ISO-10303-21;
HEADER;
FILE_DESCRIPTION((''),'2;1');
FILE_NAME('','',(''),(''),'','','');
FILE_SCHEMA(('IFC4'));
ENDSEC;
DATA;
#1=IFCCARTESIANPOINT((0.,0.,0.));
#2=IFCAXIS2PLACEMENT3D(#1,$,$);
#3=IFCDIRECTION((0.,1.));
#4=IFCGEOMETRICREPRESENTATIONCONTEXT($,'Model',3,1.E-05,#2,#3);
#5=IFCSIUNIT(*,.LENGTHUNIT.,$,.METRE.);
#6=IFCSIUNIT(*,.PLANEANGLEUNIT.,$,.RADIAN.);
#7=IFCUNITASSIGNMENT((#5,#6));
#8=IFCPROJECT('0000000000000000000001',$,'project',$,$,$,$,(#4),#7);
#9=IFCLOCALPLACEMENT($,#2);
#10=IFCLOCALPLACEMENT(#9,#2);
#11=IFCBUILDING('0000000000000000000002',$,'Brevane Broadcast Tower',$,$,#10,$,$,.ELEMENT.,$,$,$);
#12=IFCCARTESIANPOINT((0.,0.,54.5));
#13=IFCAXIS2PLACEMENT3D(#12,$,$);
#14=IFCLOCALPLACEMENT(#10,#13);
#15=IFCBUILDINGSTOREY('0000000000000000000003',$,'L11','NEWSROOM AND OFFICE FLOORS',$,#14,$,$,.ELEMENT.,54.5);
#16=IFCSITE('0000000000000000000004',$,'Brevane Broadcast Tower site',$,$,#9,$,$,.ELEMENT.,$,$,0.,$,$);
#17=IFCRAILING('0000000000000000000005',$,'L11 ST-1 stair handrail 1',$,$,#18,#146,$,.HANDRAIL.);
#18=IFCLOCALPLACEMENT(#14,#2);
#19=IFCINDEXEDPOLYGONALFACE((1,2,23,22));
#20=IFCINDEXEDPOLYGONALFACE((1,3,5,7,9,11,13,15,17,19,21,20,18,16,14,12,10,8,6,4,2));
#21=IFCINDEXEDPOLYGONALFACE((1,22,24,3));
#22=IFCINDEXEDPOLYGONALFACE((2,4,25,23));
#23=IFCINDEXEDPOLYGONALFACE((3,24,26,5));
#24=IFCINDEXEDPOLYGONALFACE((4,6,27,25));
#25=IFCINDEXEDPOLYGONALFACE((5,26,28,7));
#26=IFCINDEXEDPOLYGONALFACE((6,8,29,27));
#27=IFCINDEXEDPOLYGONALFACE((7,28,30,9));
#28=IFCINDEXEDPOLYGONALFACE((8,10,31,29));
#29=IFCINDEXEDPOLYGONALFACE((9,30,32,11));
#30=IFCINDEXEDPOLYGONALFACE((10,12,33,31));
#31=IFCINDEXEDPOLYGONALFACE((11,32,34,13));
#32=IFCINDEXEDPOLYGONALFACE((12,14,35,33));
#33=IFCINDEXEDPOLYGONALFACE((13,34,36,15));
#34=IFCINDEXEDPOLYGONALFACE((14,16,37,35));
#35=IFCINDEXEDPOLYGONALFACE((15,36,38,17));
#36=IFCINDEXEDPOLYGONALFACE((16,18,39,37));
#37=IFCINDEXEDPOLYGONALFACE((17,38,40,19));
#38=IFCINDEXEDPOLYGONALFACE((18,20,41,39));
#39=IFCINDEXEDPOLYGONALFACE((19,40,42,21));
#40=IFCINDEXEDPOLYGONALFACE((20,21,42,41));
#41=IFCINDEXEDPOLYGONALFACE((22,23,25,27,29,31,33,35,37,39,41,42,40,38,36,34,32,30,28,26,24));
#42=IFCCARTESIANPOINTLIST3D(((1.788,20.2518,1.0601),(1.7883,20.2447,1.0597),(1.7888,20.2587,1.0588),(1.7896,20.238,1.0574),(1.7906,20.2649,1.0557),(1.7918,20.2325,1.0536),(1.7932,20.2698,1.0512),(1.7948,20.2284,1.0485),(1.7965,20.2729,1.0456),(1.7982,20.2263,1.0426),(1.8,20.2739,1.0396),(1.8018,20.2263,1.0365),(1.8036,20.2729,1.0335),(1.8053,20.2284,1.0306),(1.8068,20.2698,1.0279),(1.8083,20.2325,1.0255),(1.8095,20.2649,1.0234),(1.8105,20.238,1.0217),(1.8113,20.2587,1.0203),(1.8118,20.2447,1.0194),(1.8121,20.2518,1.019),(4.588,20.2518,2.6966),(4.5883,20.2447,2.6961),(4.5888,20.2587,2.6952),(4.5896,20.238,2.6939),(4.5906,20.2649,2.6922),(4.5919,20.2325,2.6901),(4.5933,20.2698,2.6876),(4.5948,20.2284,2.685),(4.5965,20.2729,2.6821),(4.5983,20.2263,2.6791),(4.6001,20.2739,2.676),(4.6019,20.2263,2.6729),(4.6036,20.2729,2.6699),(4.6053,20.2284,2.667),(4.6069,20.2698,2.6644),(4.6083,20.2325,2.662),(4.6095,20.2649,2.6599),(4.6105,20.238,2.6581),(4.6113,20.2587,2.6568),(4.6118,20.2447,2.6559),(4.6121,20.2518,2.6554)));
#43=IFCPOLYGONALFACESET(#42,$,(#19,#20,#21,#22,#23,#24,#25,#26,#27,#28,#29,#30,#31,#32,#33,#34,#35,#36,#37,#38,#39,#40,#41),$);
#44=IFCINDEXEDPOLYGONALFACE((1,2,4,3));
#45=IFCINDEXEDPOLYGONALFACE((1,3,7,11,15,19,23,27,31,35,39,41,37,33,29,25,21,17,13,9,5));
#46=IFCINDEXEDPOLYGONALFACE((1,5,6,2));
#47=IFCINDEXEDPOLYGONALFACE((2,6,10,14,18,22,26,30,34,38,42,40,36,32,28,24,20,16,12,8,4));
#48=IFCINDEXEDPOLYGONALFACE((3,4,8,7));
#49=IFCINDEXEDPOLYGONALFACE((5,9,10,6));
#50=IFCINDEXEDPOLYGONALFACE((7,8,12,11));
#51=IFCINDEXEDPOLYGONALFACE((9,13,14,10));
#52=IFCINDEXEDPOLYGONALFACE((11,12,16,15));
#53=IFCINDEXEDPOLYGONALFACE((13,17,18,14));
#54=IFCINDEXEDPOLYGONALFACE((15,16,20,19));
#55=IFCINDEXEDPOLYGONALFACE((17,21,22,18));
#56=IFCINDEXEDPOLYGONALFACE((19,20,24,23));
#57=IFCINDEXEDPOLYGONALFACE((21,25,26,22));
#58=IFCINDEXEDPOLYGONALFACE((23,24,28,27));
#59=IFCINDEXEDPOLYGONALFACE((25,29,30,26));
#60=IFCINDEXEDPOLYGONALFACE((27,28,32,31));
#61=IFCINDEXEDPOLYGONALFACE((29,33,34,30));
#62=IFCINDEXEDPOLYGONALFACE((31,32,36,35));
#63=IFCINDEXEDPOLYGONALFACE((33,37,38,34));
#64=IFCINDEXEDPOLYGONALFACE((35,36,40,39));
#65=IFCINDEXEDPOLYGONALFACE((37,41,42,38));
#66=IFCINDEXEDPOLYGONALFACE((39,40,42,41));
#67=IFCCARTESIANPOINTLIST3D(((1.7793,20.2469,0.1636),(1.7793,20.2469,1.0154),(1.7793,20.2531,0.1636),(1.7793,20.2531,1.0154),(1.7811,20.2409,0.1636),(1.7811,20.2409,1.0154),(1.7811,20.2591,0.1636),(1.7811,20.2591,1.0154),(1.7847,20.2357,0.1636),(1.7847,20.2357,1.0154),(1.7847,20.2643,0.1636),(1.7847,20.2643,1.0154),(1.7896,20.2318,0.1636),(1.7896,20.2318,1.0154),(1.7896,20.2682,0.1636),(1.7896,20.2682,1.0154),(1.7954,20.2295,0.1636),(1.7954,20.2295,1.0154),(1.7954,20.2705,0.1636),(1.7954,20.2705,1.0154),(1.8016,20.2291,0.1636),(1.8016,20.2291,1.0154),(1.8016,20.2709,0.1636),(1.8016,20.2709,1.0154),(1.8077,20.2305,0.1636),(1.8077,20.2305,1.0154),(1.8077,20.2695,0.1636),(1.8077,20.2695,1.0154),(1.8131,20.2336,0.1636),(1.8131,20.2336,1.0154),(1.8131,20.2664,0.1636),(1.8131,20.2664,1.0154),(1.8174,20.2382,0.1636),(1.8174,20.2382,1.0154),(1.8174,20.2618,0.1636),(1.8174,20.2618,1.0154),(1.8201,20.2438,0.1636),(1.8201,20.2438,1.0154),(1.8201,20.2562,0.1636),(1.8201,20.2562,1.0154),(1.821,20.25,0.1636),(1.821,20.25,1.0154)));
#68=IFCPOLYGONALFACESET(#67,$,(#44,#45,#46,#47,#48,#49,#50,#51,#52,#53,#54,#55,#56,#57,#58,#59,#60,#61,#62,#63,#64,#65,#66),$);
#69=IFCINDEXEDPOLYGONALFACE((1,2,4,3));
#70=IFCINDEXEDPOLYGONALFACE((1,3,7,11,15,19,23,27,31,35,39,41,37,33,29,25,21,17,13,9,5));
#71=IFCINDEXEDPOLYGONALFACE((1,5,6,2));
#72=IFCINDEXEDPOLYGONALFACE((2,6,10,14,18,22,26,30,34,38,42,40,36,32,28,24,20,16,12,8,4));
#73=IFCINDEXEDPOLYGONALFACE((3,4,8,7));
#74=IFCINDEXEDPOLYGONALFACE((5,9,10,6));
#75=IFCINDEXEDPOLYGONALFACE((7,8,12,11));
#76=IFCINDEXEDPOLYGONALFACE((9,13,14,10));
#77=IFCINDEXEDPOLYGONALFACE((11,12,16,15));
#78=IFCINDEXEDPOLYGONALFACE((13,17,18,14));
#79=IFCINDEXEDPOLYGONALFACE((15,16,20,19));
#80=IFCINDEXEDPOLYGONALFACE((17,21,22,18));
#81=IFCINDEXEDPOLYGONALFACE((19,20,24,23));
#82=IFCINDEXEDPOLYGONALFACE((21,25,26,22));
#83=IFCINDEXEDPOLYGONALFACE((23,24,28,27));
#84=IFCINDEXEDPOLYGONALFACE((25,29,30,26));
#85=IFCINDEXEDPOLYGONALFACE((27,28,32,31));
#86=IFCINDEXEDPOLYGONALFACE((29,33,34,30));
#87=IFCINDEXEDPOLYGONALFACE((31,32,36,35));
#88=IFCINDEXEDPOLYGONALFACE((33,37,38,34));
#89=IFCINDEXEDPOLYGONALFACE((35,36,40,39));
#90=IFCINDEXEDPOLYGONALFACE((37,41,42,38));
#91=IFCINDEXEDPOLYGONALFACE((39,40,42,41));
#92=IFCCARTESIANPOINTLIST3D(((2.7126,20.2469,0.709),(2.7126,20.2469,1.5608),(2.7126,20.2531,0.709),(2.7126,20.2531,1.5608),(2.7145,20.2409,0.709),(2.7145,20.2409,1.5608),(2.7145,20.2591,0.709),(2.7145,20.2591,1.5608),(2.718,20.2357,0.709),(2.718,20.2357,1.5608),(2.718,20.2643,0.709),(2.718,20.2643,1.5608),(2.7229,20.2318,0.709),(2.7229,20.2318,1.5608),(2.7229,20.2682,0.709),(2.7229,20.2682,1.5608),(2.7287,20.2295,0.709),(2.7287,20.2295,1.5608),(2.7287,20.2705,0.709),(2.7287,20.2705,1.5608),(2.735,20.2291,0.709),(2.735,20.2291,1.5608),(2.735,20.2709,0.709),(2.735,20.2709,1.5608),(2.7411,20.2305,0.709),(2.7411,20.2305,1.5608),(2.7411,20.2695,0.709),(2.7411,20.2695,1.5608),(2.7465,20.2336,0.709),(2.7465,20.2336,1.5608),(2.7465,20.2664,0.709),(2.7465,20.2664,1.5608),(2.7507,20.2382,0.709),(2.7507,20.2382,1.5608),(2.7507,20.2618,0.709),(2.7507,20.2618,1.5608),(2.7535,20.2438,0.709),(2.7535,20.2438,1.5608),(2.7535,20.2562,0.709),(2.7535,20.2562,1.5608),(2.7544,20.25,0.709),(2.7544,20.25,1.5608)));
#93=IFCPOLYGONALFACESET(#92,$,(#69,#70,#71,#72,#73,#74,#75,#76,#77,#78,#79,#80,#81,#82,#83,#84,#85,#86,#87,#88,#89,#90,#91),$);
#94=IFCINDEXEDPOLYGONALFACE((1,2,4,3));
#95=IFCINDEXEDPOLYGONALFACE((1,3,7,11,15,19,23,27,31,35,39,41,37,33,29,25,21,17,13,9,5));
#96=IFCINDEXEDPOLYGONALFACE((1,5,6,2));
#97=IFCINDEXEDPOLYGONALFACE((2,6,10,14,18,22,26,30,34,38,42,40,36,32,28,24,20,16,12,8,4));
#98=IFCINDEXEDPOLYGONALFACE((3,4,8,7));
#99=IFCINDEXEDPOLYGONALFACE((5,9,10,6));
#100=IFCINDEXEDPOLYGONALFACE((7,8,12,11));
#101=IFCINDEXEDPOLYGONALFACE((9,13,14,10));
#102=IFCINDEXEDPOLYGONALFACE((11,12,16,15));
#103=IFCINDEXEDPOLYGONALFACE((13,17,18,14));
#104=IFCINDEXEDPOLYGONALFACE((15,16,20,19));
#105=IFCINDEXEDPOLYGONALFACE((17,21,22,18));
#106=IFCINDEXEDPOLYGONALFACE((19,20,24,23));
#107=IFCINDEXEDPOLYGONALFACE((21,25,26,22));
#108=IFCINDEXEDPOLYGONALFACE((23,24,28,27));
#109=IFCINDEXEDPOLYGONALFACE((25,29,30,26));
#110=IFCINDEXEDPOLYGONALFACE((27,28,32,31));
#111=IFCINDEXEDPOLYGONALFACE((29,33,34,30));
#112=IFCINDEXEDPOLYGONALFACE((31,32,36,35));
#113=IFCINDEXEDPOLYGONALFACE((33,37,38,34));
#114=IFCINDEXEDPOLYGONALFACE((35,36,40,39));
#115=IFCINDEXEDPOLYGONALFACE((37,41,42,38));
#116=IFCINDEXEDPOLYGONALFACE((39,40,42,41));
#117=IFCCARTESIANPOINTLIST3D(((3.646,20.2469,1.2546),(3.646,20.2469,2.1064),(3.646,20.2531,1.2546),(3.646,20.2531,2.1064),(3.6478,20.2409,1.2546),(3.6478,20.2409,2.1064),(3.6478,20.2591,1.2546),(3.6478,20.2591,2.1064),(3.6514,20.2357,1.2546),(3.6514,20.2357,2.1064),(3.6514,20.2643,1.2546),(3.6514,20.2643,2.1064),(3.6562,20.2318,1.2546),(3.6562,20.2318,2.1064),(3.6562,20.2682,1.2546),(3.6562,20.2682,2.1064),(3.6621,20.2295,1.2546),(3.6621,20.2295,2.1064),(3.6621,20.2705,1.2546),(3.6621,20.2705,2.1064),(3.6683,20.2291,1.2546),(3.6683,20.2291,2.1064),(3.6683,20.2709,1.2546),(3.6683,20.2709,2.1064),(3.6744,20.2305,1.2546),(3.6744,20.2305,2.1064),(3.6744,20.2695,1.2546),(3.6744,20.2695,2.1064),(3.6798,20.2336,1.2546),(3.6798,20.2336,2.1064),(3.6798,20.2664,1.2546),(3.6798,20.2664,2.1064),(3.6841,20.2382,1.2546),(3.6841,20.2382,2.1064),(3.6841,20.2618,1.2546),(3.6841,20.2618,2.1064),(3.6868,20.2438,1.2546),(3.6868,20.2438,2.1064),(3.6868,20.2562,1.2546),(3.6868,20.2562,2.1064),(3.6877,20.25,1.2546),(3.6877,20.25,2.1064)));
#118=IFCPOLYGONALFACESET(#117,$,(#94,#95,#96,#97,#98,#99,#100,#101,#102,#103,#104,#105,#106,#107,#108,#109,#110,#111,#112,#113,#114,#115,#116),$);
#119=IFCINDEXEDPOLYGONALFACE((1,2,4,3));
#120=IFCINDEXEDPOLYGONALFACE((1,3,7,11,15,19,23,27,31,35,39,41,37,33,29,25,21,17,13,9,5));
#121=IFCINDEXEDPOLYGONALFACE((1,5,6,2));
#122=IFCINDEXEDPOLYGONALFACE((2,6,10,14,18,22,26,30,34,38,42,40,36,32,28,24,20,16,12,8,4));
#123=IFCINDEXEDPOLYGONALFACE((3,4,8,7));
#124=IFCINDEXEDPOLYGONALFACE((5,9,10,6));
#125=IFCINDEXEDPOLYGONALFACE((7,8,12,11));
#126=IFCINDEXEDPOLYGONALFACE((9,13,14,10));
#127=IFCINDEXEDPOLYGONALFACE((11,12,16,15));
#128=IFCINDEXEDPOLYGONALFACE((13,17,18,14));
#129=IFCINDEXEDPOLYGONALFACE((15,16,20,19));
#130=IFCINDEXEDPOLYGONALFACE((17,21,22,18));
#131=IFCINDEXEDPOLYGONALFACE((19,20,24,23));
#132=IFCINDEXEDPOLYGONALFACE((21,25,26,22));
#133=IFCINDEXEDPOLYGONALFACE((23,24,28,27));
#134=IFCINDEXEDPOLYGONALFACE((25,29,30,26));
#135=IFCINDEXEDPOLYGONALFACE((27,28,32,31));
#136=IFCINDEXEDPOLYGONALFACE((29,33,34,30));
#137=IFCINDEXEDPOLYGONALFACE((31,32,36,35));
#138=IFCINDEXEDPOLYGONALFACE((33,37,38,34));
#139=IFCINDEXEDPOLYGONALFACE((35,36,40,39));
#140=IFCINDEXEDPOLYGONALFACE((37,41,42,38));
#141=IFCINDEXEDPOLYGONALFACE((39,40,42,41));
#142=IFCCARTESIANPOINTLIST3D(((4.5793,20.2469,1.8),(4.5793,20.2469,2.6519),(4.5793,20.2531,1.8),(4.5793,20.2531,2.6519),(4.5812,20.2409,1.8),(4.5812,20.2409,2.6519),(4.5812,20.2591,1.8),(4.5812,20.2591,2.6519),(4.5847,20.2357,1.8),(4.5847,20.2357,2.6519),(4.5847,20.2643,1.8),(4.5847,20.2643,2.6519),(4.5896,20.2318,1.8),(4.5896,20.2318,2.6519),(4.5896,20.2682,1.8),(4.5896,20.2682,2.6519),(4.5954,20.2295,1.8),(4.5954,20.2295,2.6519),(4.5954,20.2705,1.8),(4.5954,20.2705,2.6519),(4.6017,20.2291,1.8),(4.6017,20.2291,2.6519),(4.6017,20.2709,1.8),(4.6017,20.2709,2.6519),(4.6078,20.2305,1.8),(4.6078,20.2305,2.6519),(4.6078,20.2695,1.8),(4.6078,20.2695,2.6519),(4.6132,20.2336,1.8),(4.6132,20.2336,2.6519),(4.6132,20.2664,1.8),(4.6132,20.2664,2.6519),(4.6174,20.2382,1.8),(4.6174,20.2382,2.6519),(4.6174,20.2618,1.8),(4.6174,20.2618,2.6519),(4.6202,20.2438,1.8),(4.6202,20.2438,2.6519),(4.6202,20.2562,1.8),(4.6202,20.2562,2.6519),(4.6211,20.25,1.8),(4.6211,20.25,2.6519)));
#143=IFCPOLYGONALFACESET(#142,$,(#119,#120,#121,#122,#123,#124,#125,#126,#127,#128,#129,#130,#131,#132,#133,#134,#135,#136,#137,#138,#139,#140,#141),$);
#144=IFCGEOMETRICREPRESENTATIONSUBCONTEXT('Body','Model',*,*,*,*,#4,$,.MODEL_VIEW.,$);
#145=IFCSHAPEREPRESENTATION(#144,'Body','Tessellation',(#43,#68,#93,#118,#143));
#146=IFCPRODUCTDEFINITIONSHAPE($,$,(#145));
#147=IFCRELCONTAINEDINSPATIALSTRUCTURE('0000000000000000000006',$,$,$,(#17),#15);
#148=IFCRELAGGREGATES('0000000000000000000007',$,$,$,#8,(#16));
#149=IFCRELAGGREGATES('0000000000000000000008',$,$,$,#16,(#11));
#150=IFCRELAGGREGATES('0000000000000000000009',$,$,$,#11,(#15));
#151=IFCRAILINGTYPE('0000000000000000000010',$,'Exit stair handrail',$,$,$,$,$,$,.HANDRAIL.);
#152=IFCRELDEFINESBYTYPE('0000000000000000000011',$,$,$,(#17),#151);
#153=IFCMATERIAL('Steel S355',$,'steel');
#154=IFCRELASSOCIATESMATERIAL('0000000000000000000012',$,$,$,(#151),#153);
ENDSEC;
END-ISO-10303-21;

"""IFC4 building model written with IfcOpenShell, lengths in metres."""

from ifc_helpers import new_model, si_unit, direction, frame, origin, origin_2d, place, context, subcontext, project, spatial, circle, extrude, material, type_object, element, save


model = new_model("IFC4")

# Units and contexts
model_context = context("Model", 3, precision=1e-05, world=origin(), true_north=direction((0.0, 1.0)))
body_context = subcontext(model_context, "Body", "Model", "MODEL_VIEW")
ifc_project = project(units=[si_unit("LENGTHUNIT", "METRE"), si_unit("PLANEANGLEUNIT", "RADIAN")], contexts=[model_context])

# Site, building, storey
site_placement = place(None, origin())
site = spatial("IfcSite", under=ifc_project, at=site_placement, Name="Brevane Broadcast Tower site", CompositionType="ELEMENT", RefElevation=0.0)
building_placement = place(site_placement, origin())
building = spatial("IfcBuilding", under=site, at=building_placement, Name="Brevane Broadcast Tower", CompositionType="ELEMENT")
storey_placement = place(building_placement, frame((0.0, 0.0, 54.5)))
storey = spatial("IfcBuildingStorey", under=building, at=storey_placement, Name="L11", Description="NEWSROOM AND OFFICE FLOORS", CompositionType="ELEMENT", Elevation=54.5)

# Railing
ifc_material_1 = material(Name="Steel S355", Category="steel")
railing_type = type_object("IfcRailingType", Name="Exit stair handrail", PredefinedType="HANDRAIL", material=ifc_material_1)
railing_placement = place(storey_placement, frame((1.8, 20.25, 0.1636)))
element("IfcRailing", 1, at=railing_placement, inside=storey, type_object=railing_type, Name="L11 ST-1 stair handrail 1", PredefinedType="HANDRAIL", context=body_context, shape_type="SweptSolid", body=[
    extrude(circle(Radius=0.0239, at=origin_2d()), frame((0.0, 0.0, 0.876), z_axis=(0.863361, 0.0, 0.504587), x_axis=(0.0, 1.0, 0.0)), (0.0, 0.0, 1.0), 3.2432),
    extrude(circle(Radius=0.021, at=origin_2d()), origin(), (0.0, 0.0, 1.0), 0.8518),
    extrude(circle(Radius=0.021, at=origin_2d()), frame((0.9333, 0.0, 0.5454)), (0.0, 0.0, 1.0), 0.8518),
    extrude(circle(Radius=0.021, at=origin_2d()), frame((1.8667, 0.0, 1.0911)), (0.0, 0.0, 1.0), 0.8518),
    extrude(circle(Radius=0.021, at=origin_2d()), frame((2.8, 0.0, 1.6365)), (0.0, 0.0, 1.0), 0.8518),
])

save(model, "model.ifc")
